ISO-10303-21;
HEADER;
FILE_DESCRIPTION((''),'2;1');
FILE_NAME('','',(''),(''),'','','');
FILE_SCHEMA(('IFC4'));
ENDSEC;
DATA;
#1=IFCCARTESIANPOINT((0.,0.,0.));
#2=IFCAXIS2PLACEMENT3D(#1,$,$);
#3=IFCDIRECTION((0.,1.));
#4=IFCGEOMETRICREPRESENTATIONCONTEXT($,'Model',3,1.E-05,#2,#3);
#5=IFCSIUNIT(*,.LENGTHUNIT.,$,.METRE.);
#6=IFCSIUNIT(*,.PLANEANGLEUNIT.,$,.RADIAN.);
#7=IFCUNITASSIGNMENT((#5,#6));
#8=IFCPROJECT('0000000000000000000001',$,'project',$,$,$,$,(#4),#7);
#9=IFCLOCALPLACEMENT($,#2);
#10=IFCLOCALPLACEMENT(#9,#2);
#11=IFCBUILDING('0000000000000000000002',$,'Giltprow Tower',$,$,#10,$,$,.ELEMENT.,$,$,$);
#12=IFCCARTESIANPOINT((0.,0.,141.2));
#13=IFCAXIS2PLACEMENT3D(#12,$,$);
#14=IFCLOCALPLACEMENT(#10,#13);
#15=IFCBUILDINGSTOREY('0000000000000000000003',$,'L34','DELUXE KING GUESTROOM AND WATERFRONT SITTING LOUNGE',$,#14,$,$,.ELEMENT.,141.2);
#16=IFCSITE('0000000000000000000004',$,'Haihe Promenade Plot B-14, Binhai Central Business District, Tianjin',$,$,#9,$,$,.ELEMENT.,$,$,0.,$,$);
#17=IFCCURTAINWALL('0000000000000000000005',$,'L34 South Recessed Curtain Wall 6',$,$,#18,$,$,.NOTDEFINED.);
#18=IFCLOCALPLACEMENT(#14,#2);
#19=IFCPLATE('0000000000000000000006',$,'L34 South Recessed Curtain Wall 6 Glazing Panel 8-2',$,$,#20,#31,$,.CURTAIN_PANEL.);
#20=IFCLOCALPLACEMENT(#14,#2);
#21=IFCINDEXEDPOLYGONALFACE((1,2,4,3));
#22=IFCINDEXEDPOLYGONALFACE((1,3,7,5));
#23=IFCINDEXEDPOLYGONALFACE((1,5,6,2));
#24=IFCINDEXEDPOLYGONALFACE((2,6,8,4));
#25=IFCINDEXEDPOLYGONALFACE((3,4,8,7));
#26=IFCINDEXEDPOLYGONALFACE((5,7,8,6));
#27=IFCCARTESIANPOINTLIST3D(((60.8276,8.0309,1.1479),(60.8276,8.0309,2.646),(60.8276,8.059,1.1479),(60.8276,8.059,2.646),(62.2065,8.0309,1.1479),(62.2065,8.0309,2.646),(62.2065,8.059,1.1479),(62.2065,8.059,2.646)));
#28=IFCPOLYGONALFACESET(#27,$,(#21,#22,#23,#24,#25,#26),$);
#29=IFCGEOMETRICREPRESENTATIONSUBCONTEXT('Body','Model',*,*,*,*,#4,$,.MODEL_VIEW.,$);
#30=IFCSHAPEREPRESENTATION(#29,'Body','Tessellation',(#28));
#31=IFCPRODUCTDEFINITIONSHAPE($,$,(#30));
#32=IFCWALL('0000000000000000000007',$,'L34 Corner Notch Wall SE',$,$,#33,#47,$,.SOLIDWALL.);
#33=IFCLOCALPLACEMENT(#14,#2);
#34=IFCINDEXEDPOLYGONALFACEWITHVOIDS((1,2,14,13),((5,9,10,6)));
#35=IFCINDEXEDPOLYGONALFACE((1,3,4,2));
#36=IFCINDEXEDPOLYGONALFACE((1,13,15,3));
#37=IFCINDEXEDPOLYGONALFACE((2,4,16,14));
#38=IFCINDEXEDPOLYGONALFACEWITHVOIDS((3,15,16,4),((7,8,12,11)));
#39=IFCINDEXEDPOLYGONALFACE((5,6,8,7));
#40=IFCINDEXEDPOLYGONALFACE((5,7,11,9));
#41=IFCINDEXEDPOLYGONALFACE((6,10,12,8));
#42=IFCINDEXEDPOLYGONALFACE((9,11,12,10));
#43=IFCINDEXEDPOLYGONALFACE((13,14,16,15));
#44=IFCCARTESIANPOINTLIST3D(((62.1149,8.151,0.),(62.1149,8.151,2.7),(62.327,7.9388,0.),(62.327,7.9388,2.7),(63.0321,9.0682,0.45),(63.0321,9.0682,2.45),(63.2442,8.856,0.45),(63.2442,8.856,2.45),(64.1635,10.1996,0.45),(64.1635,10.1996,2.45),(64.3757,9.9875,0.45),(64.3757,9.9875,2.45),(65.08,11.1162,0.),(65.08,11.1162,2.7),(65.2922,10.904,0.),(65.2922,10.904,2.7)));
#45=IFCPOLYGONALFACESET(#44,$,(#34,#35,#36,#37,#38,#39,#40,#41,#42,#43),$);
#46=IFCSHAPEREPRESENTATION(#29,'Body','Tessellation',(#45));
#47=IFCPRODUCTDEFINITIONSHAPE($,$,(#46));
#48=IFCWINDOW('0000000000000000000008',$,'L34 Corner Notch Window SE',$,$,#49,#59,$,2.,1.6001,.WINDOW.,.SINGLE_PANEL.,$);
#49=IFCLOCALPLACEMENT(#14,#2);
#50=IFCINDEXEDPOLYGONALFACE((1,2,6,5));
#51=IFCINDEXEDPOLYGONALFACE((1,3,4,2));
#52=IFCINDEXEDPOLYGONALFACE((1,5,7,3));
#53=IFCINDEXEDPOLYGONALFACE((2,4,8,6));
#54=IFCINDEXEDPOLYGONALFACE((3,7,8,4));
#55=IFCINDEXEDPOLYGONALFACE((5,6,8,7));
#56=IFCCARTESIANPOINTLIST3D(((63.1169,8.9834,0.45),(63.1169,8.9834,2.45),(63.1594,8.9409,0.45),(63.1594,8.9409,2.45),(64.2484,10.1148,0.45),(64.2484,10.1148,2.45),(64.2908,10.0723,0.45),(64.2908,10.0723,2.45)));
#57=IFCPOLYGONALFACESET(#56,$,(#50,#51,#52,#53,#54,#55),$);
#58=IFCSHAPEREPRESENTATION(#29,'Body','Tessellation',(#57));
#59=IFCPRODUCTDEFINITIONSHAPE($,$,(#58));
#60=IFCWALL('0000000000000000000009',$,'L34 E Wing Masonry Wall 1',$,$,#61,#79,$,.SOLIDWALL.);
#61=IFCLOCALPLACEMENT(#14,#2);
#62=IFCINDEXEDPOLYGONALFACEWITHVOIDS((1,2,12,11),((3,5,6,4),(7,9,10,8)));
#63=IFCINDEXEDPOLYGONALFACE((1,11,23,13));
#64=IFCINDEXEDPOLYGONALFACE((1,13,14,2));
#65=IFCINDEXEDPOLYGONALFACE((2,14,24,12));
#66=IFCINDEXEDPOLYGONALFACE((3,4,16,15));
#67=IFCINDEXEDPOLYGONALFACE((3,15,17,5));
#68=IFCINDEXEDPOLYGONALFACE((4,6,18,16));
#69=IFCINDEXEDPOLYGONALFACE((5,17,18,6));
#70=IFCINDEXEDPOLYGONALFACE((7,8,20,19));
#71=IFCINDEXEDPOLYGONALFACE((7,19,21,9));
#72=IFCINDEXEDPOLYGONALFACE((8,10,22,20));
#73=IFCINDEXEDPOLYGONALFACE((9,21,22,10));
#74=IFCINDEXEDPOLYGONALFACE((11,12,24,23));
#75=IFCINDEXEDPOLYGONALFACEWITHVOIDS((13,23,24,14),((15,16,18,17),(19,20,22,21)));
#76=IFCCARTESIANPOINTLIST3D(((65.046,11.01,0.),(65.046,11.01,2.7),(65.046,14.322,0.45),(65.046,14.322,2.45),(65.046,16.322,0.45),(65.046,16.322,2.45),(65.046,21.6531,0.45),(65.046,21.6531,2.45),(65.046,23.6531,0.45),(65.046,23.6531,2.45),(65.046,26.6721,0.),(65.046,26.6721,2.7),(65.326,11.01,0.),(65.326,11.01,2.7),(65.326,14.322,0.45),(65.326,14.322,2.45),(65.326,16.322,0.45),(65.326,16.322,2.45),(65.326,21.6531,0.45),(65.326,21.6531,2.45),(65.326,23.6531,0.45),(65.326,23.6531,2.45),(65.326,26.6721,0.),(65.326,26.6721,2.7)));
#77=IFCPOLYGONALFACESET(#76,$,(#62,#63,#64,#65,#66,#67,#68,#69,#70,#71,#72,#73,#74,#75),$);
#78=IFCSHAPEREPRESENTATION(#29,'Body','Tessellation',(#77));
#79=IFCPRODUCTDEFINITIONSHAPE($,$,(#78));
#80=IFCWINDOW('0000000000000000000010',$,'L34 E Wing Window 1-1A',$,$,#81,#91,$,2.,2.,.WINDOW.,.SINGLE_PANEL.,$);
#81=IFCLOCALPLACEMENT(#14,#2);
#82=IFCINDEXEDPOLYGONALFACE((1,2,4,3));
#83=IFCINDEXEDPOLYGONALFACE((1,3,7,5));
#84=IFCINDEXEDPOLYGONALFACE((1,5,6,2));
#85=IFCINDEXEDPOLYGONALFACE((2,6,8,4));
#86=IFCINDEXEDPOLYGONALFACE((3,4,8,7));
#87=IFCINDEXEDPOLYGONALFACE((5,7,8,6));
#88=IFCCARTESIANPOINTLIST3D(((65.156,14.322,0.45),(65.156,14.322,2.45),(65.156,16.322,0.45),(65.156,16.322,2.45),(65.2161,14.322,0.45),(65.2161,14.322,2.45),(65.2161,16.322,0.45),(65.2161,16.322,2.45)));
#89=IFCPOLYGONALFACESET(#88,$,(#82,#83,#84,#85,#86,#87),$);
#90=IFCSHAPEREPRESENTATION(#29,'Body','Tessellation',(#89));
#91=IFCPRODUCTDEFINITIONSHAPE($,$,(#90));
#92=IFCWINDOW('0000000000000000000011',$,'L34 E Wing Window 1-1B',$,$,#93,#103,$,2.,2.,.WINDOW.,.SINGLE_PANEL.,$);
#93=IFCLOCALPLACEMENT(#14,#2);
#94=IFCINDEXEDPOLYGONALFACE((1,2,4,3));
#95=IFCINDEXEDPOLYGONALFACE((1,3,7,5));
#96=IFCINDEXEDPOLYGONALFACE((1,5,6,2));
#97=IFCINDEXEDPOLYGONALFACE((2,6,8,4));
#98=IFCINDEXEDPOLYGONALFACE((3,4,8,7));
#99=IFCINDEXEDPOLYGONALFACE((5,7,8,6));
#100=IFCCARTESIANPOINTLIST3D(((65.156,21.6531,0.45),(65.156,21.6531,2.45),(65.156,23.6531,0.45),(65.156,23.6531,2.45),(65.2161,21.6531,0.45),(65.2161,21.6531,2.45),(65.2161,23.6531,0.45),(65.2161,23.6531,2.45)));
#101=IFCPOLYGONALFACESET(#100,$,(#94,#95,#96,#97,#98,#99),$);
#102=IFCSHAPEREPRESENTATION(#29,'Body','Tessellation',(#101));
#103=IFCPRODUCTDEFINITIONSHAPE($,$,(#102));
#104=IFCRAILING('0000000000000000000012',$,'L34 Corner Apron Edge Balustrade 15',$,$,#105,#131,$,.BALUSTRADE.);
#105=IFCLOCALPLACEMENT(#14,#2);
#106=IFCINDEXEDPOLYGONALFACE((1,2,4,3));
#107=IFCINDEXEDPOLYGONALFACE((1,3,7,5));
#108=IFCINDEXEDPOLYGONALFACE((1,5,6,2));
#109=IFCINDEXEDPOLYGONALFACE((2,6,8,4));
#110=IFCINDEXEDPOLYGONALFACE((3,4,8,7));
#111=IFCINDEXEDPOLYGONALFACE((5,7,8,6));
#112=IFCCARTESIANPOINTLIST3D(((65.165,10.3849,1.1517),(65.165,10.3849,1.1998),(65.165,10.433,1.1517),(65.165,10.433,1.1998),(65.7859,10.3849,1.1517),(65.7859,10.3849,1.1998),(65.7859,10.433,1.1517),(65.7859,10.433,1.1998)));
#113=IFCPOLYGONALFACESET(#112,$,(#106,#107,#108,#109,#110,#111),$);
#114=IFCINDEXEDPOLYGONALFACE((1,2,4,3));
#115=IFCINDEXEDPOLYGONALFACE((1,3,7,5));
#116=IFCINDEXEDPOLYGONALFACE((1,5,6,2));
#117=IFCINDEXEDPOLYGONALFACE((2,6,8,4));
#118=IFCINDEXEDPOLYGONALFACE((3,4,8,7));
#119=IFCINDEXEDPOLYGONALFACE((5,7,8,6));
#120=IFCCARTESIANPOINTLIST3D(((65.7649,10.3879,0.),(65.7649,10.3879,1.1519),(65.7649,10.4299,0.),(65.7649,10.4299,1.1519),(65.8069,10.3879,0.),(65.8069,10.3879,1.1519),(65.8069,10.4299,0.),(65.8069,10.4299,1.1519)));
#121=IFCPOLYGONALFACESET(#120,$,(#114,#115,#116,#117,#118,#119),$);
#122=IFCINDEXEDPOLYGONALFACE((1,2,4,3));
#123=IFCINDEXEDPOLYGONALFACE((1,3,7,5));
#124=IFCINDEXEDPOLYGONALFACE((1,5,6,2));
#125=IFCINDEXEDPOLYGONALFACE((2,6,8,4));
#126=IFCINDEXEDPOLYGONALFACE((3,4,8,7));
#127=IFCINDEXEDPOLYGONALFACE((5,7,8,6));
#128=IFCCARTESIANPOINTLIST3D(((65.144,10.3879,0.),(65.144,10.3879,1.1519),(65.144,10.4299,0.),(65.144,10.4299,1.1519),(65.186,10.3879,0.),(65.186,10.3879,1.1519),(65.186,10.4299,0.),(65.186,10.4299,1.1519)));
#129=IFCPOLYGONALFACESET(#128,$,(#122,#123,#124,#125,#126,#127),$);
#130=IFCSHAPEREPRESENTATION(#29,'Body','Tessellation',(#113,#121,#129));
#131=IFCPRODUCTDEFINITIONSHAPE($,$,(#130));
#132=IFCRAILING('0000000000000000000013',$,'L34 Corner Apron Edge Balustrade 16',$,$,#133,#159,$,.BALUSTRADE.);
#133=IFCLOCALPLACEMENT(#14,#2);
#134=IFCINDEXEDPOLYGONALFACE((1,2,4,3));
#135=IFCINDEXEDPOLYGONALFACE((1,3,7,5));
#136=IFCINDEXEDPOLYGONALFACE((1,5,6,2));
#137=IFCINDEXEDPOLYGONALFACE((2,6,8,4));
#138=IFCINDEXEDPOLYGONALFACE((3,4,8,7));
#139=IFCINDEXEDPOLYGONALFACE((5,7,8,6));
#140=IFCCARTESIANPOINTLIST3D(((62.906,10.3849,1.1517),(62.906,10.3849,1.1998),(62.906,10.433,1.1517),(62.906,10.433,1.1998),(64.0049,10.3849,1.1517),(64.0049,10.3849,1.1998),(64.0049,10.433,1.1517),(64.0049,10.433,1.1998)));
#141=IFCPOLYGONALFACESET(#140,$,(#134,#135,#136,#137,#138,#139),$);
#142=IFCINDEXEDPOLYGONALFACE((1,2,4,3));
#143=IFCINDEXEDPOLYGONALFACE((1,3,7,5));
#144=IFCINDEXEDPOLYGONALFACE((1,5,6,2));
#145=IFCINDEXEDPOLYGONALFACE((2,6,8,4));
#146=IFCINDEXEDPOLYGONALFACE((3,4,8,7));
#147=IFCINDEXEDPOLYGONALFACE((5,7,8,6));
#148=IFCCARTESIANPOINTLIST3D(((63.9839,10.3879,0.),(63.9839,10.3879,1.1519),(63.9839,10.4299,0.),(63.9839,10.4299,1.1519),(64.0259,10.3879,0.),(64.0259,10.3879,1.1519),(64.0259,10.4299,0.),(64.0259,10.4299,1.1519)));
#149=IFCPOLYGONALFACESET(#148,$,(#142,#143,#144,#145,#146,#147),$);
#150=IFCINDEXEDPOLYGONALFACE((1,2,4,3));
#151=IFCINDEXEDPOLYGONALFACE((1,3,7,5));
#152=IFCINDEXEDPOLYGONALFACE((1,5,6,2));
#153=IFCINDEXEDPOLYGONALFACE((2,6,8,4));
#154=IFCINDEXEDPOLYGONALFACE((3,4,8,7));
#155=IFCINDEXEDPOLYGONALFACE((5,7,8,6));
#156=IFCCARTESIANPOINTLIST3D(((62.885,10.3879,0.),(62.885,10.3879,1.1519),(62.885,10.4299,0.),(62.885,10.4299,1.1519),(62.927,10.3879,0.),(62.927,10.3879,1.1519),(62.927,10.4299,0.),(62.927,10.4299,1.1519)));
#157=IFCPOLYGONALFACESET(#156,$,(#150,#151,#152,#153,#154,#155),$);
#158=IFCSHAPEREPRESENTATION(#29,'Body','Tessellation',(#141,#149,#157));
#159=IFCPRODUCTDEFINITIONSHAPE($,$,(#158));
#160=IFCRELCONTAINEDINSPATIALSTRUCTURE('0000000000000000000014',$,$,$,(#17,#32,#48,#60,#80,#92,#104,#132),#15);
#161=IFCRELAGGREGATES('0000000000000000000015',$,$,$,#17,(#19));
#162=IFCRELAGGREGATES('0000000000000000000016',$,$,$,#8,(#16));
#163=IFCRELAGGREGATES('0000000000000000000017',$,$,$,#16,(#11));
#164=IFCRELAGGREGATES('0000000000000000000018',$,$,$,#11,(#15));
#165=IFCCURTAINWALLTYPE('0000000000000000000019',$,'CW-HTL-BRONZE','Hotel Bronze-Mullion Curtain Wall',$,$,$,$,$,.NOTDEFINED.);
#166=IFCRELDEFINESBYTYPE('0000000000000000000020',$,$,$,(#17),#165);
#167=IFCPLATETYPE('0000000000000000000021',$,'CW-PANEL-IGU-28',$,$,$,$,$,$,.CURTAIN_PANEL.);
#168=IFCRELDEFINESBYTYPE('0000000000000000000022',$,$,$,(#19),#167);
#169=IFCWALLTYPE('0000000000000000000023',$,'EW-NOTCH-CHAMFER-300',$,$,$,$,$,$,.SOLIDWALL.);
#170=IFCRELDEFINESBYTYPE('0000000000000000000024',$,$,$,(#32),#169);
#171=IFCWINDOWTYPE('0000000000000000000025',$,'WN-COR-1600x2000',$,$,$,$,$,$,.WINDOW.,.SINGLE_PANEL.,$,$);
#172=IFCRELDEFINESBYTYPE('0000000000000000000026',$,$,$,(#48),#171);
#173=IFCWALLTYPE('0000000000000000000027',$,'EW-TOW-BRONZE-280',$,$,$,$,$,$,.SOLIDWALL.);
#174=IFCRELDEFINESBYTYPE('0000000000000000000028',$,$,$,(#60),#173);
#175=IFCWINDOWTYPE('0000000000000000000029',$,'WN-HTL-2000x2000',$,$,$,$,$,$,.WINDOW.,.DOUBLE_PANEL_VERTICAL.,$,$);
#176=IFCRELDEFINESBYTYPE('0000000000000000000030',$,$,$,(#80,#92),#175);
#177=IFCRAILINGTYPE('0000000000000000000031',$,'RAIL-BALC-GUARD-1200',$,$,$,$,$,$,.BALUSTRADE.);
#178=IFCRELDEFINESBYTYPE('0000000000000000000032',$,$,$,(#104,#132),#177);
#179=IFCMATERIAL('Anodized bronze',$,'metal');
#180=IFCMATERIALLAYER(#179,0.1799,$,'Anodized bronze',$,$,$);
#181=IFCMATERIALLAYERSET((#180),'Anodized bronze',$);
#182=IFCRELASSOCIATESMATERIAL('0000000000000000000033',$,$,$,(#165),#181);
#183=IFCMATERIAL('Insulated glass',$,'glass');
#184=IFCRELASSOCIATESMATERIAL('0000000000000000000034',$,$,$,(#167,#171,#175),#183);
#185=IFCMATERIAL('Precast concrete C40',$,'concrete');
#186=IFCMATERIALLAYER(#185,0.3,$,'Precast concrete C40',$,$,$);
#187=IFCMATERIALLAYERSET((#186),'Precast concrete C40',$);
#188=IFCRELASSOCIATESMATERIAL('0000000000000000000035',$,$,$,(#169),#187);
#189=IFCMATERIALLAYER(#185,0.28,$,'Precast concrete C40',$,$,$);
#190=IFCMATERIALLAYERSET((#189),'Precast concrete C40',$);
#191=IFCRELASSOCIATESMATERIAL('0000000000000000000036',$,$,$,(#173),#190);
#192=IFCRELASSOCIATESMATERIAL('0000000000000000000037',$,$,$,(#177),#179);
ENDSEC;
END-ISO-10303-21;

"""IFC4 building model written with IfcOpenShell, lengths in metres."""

from ifc_helpers import new_model, si_unit, direction, frame, frame_2d, origin, origin_2d, place, context, subcontext, project, spatial, rectangle, extrude, source, transform, mapped, material, layer, layer_set, type_object, element, fill, aggregate, save


model = new_model("IFC4")

# Units and contexts
model_context = context("Model", 3, precision=1e-05, world=origin(), true_north=direction((0.0, 1.0)))
body_context = subcontext(model_context, "Body", "Model", "MODEL_VIEW")
ifc_project = project(units=[si_unit("LENGTHUNIT", "METRE"), si_unit("PLANEANGLEUNIT", "RADIAN")], contexts=[model_context])

# Site, building, storey
site_placement = place(None, origin())
site = spatial("IfcSite", under=ifc_project, at=site_placement, Name="Haihe Promenade Plot B-14, Binhai Central Business District, Tianjin", CompositionType="ELEMENT", RefElevation=0.0)
building_placement = place(site_placement, origin())
building = spatial("IfcBuilding", under=site, at=building_placement, Name="Giltprow Tower", CompositionType="ELEMENT")
storey_placement = place(building_placement, frame((0.0, 0.0, 141.2)))
storey = spatial("IfcBuildingStorey", under=building, at=storey_placement, Name="L34", Description="DELUXE KING GUESTROOM AND WATERFRONT SITTING LOUNGE", CompositionType="ELEMENT", Elevation=141.2)

# Curtain wall, plate
ifc_material_1 = material(Name="Anodized bronze", Category="metal")
ifc_layer_1 = layer(ifc_material_1, 0.1799, Name="Anodized bronze")
ifc_layer_set_1 = layer_set([ifc_layer_1], Name="Anodized bronze")
curtain_wall_type = type_object("IfcCurtainWallType", Name="CW-HTL-BRONZE", Description="Hotel Bronze-Mullion Curtain Wall", PredefinedType="NOTDEFINED", material=ifc_layer_set_1)
curtain_wall_placement = place(storey_placement, origin())
curtain_wall = element("IfcCurtainWall", 1, at=curtain_wall_placement, inside=storey, type_object=curtain_wall_type, Name="L34 South Recessed Curtain Wall 6", PredefinedType="NOTDEFINED")
ifc_material_2 = material(Name="Insulated glass", Category="glass")
plate_type = type_object("IfcPlateType", Name="CW-PANEL-IGU-28", PredefinedType="CURTAIN_PANEL", material=ifc_material_2)
shared_shape_1 = source(origin(), body_context, "Body", "SweptSolid", [
    extrude(rectangle(XDim=1.3789, YDim=0.0281, at=origin_2d()), origin(), (0.0, 0.0, 1.0), 1.498),
])
plate_1_placement = place(storey_placement, frame((61.5171, 8.0449, 1.1479), z_axis=(0.0, 0.0, 1.0), x_axis=(1.0, 0.0, 0.0)))
plate_1 = element("IfcPlate", 2, at=plate_1_placement, type_object=plate_type, Name="L34 South Recessed Curtain Wall 6 Glazing Panel 8-2", PredefinedType="CURTAIN_PANEL", context=body_context, shape_type="MappedRepresentation", body=[
    mapped(shared_shape_1, transform((0.0, 0.0, 0.0), x_axis=(1.0, 0.0, 0.0), y_axis=(0.0, 1.0, 0.0), z_axis=(0.0, 0.0, 1.0), scale=1.0)),
])
aggregate(curtain_wall, [plate_1])

# Wall, opening, window
ifc_material_3 = material(Name="Precast concrete C40", Category="concrete")
ifc_layer_2 = layer(ifc_material_3, 0.3, Name="Precast concrete C40")
ifc_layer_set_2 = layer_set([ifc_layer_2], Name="Precast concrete C40")
wall_type_1 = type_object("IfcWallType", Name="EW-NOTCH-CHAMFER-300", PredefinedType="SOLIDWALL", material=ifc_layer_set_2)
wall_1_placement = place(storey_placement, frame((62.2209, 8.0449, 0.0), z_axis=(0.0, 0.0, 1.0), x_axis=(0.707107, 0.707107, 0.0)))
wall_1 = element("IfcWall", 3, at=wall_1_placement, inside=storey, type_object=wall_type_1, Name="L34 Corner Notch Wall SE", PredefinedType="SOLIDWALL", context=body_context, shape_type="SweptSolid", body=[
    extrude(rectangle(XDim=4.1934, YDim=0.3, at=frame_2d((2.0967, 0.0))), origin(), (0.0, 0.0, 1.0), 2.7),
])
opening_1_placement = place(wall_1_placement, frame((1.2971, 0.0, 0.45)))
opening_1 = element("IfcOpeningElement", 4, at=opening_1_placement, cuts=wall_1, PredefinedType="OPENING", context=body_context, shape_type="SweptSolid", body=[
    extrude(rectangle(XDim=1.6001, YDim=2.0, at=frame_2d((0.8, 1.0))), frame((0.0, 0.1599, 0.0), z_axis=(0.0, -1.0, 0.0), x_axis=(1.0, 0.0, 0.0)), (0.0, 0.0, 1.0), 0.3201),
])
window_type_1 = type_object("IfcWindowType", Name="WN-COR-1600x2000", PartitioningType="SINGLE_PANEL", PredefinedType="WINDOW", material=ifc_material_2)
shared_shape_2 = source(origin(), body_context, "Body", "SweptSolid", [
    extrude(rectangle(XDim=1.6001, YDim=2.0, at=frame_2d((0.8, 1.0))), frame((0.0, 0.03, 0.0), z_axis=(0.0, -1.0, 0.0), x_axis=(1.0, 0.0, 0.0)), (0.0, 0.0, 1.0), 0.0601),
])
window_1_placement = place(opening_1_placement, origin())
window_1 = element("IfcWindow", 5, at=window_1_placement, inside=storey, type_object=window_type_1, Name="L34 Corner Notch Window SE", OverallHeight=2.0, OverallWidth=1.6001, PartitioningType="SINGLE_PANEL", PredefinedType="WINDOW", context=body_context, shape_type="MappedRepresentation", body=[
    mapped(shared_shape_2, transform((0.0, 0.0, 0.0), x_axis=(1.0, 0.0, 0.0), y_axis=(0.0, 1.0, 0.0), z_axis=(0.0, 0.0, 1.0), scale=1.0)),
])
fill(opening_1, window_1)

# Wall, openings, windows
ifc_layer_3 = layer(ifc_material_3, 0.28, Name="Precast concrete C40")
ifc_layer_set_3 = layer_set([ifc_layer_3], Name="Precast concrete C40")
wall_type_2 = type_object("IfcWallType", Name="EW-TOW-BRONZE-280", PredefinedType="SOLIDWALL", material=ifc_layer_set_3)
wall_2_placement = place(storey_placement, frame((65.186, 11.01, 0.0), z_axis=(0.0, 0.0, 1.0), x_axis=(0.0, 1.0, 0.0)))
wall_2 = element("IfcWall", 6, at=wall_2_placement, inside=storey, type_object=wall_type_2, Name="L34 E Wing Masonry Wall 1", PredefinedType="SOLIDWALL", context=body_context, shape_type="SweptSolid", body=[
    extrude(rectangle(XDim=15.6621, YDim=0.28, at=frame_2d((7.8311, 0.0))), origin(), (0.0, 0.0, 1.0), 2.7),
])
opening_2_placement = place(wall_2_placement, frame((3.312, 0.0, 0.45)))
opening_2 = element("IfcOpeningElement", 7, at=opening_2_placement, cuts=wall_2, PredefinedType="OPENING", context=body_context, shape_type="SweptSolid", body=[
    extrude(rectangle(XDim=2.0, YDim=2.0, at=frame_2d((1.0, 1.0))), frame((0.0, 0.1499, 0.0), z_axis=(0.0, -1.0, 0.0), x_axis=(1.0, 0.0, 0.0)), (0.0, 0.0, 1.0), 0.3),
])
opening_3_placement = place(wall_2_placement, frame((10.6431, 0.0, 0.45)))
opening_3 = element("IfcOpeningElement", 8, at=opening_3_placement, cuts=wall_2, PredefinedType="OPENING", context=body_context, shape_type="SweptSolid", body=[
    extrude(rectangle(XDim=2.0, YDim=2.0, at=frame_2d((1.0, 1.0))), frame((0.0, 0.1499, 0.0), z_axis=(0.0, -1.0, 0.0), x_axis=(1.0, 0.0, 0.0)), (0.0, 0.0, 1.0), 0.3),
])
window_type_2 = type_object("IfcWindowType", Name="WN-HTL-2000x2000", PartitioningType="DOUBLE_PANEL_VERTICAL", PredefinedType="WINDOW", material=ifc_material_2)
shared_shape_3 = source(origin(), body_context, "Body", "SweptSolid", [
    extrude(rectangle(XDim=2.0, YDim=2.0, at=frame_2d((1.0, 1.0))), frame((0.0, 0.03, 0.0), z_axis=(0.0, -1.0, 0.0), x_axis=(1.0, 0.0, 0.0)), (0.0, 0.0, 1.0), 0.0601),
])
window_2_placement = place(opening_2_placement, origin())
window_2 = element("IfcWindow", 9, at=window_2_placement, inside=storey, type_object=window_type_2, Name="L34 E Wing Window 1-1A", OverallHeight=2.0, OverallWidth=2.0, PartitioningType="SINGLE_PANEL", PredefinedType="WINDOW", context=body_context, shape_type="MappedRepresentation", body=[
    mapped(shared_shape_3, transform((0.0, 0.0, 0.0), x_axis=(1.0, 0.0, 0.0), y_axis=(0.0, 1.0, 0.0), z_axis=(0.0, 0.0, 1.0), scale=1.0)),
])
fill(opening_2, window_2)
window_3_placement = place(opening_3_placement, origin())
window_3 = element("IfcWindow", 10, at=window_3_placement, inside=storey, type_object=window_type_2, Name="L34 E Wing Window 1-1B", OverallHeight=2.0, OverallWidth=2.0, PartitioningType="SINGLE_PANEL", PredefinedType="WINDOW", context=body_context, shape_type="MappedRepresentation", body=[
    mapped(shared_shape_3, transform((0.0, 0.0, 0.0), x_axis=(1.0, 0.0, 0.0), y_axis=(0.0, 1.0, 0.0), z_axis=(0.0, 0.0, 1.0), scale=1.0)),
])
fill(opening_3, window_3)

# Railings
railing_type = type_object("IfcRailingType", Name="RAIL-BALC-GUARD-1200", PredefinedType="BALUSTRADE", material=ifc_material_1)
railing_1_placement = place(storey_placement, frame((65.7859, 10.4089, 0.0)))
element("IfcRailing", 11, at=railing_1_placement, inside=storey, type_object=railing_type, Name="L34 Corner Apron Edge Balustrade 15", PredefinedType="BALUSTRADE", context=body_context, shape_type="SweptSolid", body=[
    extrude(rectangle(XDim=0.0481, YDim=0.0481, at=origin_2d()), frame((0.0, 0.0, 1.1758), z_axis=(-1.0, 0.0, 0.0), x_axis=(0.0, -1.0, 0.0)), (0.0, 0.0, 1.0), 0.6208),
    extrude(rectangle(XDim=0.042, YDim=0.042, at=origin_2d()), origin(), (0.0, 0.0, 1.0), 1.1519),
    extrude(rectangle(XDim=0.042, YDim=0.042, at=origin_2d()), frame((-0.6208, 0.0, 0.0)), (0.0, 0.0, 1.0), 1.1519),
])
railing_2_placement = place(storey_placement, frame((64.0049, 10.4089, 0.0)))
element("IfcRailing", 12, at=railing_2_placement, inside=storey, type_object=railing_type, Name="L34 Corner Apron Edge Balustrade 16", PredefinedType="BALUSTRADE", context=body_context, shape_type="SweptSolid", body=[
    extrude(rectangle(XDim=0.0481, YDim=0.0481, at=origin_2d()), frame((0.0, 0.0, 1.1758), z_axis=(-1.0, 0.0, 0.0), x_axis=(0.0, -1.0, 0.0)), (0.0, 0.0, 1.0), 1.0989),
    extrude(rectangle(XDim=0.042, YDim=0.042, at=origin_2d()), origin(), (0.0, 0.0, 1.0), 1.1519),
    extrude(rectangle(XDim=0.042, YDim=0.042, at=origin_2d()), frame((-1.0989, 0.0, 0.0)), (0.0, 0.0, 1.0), 1.1519),
])

save(model, "model.ifc")
